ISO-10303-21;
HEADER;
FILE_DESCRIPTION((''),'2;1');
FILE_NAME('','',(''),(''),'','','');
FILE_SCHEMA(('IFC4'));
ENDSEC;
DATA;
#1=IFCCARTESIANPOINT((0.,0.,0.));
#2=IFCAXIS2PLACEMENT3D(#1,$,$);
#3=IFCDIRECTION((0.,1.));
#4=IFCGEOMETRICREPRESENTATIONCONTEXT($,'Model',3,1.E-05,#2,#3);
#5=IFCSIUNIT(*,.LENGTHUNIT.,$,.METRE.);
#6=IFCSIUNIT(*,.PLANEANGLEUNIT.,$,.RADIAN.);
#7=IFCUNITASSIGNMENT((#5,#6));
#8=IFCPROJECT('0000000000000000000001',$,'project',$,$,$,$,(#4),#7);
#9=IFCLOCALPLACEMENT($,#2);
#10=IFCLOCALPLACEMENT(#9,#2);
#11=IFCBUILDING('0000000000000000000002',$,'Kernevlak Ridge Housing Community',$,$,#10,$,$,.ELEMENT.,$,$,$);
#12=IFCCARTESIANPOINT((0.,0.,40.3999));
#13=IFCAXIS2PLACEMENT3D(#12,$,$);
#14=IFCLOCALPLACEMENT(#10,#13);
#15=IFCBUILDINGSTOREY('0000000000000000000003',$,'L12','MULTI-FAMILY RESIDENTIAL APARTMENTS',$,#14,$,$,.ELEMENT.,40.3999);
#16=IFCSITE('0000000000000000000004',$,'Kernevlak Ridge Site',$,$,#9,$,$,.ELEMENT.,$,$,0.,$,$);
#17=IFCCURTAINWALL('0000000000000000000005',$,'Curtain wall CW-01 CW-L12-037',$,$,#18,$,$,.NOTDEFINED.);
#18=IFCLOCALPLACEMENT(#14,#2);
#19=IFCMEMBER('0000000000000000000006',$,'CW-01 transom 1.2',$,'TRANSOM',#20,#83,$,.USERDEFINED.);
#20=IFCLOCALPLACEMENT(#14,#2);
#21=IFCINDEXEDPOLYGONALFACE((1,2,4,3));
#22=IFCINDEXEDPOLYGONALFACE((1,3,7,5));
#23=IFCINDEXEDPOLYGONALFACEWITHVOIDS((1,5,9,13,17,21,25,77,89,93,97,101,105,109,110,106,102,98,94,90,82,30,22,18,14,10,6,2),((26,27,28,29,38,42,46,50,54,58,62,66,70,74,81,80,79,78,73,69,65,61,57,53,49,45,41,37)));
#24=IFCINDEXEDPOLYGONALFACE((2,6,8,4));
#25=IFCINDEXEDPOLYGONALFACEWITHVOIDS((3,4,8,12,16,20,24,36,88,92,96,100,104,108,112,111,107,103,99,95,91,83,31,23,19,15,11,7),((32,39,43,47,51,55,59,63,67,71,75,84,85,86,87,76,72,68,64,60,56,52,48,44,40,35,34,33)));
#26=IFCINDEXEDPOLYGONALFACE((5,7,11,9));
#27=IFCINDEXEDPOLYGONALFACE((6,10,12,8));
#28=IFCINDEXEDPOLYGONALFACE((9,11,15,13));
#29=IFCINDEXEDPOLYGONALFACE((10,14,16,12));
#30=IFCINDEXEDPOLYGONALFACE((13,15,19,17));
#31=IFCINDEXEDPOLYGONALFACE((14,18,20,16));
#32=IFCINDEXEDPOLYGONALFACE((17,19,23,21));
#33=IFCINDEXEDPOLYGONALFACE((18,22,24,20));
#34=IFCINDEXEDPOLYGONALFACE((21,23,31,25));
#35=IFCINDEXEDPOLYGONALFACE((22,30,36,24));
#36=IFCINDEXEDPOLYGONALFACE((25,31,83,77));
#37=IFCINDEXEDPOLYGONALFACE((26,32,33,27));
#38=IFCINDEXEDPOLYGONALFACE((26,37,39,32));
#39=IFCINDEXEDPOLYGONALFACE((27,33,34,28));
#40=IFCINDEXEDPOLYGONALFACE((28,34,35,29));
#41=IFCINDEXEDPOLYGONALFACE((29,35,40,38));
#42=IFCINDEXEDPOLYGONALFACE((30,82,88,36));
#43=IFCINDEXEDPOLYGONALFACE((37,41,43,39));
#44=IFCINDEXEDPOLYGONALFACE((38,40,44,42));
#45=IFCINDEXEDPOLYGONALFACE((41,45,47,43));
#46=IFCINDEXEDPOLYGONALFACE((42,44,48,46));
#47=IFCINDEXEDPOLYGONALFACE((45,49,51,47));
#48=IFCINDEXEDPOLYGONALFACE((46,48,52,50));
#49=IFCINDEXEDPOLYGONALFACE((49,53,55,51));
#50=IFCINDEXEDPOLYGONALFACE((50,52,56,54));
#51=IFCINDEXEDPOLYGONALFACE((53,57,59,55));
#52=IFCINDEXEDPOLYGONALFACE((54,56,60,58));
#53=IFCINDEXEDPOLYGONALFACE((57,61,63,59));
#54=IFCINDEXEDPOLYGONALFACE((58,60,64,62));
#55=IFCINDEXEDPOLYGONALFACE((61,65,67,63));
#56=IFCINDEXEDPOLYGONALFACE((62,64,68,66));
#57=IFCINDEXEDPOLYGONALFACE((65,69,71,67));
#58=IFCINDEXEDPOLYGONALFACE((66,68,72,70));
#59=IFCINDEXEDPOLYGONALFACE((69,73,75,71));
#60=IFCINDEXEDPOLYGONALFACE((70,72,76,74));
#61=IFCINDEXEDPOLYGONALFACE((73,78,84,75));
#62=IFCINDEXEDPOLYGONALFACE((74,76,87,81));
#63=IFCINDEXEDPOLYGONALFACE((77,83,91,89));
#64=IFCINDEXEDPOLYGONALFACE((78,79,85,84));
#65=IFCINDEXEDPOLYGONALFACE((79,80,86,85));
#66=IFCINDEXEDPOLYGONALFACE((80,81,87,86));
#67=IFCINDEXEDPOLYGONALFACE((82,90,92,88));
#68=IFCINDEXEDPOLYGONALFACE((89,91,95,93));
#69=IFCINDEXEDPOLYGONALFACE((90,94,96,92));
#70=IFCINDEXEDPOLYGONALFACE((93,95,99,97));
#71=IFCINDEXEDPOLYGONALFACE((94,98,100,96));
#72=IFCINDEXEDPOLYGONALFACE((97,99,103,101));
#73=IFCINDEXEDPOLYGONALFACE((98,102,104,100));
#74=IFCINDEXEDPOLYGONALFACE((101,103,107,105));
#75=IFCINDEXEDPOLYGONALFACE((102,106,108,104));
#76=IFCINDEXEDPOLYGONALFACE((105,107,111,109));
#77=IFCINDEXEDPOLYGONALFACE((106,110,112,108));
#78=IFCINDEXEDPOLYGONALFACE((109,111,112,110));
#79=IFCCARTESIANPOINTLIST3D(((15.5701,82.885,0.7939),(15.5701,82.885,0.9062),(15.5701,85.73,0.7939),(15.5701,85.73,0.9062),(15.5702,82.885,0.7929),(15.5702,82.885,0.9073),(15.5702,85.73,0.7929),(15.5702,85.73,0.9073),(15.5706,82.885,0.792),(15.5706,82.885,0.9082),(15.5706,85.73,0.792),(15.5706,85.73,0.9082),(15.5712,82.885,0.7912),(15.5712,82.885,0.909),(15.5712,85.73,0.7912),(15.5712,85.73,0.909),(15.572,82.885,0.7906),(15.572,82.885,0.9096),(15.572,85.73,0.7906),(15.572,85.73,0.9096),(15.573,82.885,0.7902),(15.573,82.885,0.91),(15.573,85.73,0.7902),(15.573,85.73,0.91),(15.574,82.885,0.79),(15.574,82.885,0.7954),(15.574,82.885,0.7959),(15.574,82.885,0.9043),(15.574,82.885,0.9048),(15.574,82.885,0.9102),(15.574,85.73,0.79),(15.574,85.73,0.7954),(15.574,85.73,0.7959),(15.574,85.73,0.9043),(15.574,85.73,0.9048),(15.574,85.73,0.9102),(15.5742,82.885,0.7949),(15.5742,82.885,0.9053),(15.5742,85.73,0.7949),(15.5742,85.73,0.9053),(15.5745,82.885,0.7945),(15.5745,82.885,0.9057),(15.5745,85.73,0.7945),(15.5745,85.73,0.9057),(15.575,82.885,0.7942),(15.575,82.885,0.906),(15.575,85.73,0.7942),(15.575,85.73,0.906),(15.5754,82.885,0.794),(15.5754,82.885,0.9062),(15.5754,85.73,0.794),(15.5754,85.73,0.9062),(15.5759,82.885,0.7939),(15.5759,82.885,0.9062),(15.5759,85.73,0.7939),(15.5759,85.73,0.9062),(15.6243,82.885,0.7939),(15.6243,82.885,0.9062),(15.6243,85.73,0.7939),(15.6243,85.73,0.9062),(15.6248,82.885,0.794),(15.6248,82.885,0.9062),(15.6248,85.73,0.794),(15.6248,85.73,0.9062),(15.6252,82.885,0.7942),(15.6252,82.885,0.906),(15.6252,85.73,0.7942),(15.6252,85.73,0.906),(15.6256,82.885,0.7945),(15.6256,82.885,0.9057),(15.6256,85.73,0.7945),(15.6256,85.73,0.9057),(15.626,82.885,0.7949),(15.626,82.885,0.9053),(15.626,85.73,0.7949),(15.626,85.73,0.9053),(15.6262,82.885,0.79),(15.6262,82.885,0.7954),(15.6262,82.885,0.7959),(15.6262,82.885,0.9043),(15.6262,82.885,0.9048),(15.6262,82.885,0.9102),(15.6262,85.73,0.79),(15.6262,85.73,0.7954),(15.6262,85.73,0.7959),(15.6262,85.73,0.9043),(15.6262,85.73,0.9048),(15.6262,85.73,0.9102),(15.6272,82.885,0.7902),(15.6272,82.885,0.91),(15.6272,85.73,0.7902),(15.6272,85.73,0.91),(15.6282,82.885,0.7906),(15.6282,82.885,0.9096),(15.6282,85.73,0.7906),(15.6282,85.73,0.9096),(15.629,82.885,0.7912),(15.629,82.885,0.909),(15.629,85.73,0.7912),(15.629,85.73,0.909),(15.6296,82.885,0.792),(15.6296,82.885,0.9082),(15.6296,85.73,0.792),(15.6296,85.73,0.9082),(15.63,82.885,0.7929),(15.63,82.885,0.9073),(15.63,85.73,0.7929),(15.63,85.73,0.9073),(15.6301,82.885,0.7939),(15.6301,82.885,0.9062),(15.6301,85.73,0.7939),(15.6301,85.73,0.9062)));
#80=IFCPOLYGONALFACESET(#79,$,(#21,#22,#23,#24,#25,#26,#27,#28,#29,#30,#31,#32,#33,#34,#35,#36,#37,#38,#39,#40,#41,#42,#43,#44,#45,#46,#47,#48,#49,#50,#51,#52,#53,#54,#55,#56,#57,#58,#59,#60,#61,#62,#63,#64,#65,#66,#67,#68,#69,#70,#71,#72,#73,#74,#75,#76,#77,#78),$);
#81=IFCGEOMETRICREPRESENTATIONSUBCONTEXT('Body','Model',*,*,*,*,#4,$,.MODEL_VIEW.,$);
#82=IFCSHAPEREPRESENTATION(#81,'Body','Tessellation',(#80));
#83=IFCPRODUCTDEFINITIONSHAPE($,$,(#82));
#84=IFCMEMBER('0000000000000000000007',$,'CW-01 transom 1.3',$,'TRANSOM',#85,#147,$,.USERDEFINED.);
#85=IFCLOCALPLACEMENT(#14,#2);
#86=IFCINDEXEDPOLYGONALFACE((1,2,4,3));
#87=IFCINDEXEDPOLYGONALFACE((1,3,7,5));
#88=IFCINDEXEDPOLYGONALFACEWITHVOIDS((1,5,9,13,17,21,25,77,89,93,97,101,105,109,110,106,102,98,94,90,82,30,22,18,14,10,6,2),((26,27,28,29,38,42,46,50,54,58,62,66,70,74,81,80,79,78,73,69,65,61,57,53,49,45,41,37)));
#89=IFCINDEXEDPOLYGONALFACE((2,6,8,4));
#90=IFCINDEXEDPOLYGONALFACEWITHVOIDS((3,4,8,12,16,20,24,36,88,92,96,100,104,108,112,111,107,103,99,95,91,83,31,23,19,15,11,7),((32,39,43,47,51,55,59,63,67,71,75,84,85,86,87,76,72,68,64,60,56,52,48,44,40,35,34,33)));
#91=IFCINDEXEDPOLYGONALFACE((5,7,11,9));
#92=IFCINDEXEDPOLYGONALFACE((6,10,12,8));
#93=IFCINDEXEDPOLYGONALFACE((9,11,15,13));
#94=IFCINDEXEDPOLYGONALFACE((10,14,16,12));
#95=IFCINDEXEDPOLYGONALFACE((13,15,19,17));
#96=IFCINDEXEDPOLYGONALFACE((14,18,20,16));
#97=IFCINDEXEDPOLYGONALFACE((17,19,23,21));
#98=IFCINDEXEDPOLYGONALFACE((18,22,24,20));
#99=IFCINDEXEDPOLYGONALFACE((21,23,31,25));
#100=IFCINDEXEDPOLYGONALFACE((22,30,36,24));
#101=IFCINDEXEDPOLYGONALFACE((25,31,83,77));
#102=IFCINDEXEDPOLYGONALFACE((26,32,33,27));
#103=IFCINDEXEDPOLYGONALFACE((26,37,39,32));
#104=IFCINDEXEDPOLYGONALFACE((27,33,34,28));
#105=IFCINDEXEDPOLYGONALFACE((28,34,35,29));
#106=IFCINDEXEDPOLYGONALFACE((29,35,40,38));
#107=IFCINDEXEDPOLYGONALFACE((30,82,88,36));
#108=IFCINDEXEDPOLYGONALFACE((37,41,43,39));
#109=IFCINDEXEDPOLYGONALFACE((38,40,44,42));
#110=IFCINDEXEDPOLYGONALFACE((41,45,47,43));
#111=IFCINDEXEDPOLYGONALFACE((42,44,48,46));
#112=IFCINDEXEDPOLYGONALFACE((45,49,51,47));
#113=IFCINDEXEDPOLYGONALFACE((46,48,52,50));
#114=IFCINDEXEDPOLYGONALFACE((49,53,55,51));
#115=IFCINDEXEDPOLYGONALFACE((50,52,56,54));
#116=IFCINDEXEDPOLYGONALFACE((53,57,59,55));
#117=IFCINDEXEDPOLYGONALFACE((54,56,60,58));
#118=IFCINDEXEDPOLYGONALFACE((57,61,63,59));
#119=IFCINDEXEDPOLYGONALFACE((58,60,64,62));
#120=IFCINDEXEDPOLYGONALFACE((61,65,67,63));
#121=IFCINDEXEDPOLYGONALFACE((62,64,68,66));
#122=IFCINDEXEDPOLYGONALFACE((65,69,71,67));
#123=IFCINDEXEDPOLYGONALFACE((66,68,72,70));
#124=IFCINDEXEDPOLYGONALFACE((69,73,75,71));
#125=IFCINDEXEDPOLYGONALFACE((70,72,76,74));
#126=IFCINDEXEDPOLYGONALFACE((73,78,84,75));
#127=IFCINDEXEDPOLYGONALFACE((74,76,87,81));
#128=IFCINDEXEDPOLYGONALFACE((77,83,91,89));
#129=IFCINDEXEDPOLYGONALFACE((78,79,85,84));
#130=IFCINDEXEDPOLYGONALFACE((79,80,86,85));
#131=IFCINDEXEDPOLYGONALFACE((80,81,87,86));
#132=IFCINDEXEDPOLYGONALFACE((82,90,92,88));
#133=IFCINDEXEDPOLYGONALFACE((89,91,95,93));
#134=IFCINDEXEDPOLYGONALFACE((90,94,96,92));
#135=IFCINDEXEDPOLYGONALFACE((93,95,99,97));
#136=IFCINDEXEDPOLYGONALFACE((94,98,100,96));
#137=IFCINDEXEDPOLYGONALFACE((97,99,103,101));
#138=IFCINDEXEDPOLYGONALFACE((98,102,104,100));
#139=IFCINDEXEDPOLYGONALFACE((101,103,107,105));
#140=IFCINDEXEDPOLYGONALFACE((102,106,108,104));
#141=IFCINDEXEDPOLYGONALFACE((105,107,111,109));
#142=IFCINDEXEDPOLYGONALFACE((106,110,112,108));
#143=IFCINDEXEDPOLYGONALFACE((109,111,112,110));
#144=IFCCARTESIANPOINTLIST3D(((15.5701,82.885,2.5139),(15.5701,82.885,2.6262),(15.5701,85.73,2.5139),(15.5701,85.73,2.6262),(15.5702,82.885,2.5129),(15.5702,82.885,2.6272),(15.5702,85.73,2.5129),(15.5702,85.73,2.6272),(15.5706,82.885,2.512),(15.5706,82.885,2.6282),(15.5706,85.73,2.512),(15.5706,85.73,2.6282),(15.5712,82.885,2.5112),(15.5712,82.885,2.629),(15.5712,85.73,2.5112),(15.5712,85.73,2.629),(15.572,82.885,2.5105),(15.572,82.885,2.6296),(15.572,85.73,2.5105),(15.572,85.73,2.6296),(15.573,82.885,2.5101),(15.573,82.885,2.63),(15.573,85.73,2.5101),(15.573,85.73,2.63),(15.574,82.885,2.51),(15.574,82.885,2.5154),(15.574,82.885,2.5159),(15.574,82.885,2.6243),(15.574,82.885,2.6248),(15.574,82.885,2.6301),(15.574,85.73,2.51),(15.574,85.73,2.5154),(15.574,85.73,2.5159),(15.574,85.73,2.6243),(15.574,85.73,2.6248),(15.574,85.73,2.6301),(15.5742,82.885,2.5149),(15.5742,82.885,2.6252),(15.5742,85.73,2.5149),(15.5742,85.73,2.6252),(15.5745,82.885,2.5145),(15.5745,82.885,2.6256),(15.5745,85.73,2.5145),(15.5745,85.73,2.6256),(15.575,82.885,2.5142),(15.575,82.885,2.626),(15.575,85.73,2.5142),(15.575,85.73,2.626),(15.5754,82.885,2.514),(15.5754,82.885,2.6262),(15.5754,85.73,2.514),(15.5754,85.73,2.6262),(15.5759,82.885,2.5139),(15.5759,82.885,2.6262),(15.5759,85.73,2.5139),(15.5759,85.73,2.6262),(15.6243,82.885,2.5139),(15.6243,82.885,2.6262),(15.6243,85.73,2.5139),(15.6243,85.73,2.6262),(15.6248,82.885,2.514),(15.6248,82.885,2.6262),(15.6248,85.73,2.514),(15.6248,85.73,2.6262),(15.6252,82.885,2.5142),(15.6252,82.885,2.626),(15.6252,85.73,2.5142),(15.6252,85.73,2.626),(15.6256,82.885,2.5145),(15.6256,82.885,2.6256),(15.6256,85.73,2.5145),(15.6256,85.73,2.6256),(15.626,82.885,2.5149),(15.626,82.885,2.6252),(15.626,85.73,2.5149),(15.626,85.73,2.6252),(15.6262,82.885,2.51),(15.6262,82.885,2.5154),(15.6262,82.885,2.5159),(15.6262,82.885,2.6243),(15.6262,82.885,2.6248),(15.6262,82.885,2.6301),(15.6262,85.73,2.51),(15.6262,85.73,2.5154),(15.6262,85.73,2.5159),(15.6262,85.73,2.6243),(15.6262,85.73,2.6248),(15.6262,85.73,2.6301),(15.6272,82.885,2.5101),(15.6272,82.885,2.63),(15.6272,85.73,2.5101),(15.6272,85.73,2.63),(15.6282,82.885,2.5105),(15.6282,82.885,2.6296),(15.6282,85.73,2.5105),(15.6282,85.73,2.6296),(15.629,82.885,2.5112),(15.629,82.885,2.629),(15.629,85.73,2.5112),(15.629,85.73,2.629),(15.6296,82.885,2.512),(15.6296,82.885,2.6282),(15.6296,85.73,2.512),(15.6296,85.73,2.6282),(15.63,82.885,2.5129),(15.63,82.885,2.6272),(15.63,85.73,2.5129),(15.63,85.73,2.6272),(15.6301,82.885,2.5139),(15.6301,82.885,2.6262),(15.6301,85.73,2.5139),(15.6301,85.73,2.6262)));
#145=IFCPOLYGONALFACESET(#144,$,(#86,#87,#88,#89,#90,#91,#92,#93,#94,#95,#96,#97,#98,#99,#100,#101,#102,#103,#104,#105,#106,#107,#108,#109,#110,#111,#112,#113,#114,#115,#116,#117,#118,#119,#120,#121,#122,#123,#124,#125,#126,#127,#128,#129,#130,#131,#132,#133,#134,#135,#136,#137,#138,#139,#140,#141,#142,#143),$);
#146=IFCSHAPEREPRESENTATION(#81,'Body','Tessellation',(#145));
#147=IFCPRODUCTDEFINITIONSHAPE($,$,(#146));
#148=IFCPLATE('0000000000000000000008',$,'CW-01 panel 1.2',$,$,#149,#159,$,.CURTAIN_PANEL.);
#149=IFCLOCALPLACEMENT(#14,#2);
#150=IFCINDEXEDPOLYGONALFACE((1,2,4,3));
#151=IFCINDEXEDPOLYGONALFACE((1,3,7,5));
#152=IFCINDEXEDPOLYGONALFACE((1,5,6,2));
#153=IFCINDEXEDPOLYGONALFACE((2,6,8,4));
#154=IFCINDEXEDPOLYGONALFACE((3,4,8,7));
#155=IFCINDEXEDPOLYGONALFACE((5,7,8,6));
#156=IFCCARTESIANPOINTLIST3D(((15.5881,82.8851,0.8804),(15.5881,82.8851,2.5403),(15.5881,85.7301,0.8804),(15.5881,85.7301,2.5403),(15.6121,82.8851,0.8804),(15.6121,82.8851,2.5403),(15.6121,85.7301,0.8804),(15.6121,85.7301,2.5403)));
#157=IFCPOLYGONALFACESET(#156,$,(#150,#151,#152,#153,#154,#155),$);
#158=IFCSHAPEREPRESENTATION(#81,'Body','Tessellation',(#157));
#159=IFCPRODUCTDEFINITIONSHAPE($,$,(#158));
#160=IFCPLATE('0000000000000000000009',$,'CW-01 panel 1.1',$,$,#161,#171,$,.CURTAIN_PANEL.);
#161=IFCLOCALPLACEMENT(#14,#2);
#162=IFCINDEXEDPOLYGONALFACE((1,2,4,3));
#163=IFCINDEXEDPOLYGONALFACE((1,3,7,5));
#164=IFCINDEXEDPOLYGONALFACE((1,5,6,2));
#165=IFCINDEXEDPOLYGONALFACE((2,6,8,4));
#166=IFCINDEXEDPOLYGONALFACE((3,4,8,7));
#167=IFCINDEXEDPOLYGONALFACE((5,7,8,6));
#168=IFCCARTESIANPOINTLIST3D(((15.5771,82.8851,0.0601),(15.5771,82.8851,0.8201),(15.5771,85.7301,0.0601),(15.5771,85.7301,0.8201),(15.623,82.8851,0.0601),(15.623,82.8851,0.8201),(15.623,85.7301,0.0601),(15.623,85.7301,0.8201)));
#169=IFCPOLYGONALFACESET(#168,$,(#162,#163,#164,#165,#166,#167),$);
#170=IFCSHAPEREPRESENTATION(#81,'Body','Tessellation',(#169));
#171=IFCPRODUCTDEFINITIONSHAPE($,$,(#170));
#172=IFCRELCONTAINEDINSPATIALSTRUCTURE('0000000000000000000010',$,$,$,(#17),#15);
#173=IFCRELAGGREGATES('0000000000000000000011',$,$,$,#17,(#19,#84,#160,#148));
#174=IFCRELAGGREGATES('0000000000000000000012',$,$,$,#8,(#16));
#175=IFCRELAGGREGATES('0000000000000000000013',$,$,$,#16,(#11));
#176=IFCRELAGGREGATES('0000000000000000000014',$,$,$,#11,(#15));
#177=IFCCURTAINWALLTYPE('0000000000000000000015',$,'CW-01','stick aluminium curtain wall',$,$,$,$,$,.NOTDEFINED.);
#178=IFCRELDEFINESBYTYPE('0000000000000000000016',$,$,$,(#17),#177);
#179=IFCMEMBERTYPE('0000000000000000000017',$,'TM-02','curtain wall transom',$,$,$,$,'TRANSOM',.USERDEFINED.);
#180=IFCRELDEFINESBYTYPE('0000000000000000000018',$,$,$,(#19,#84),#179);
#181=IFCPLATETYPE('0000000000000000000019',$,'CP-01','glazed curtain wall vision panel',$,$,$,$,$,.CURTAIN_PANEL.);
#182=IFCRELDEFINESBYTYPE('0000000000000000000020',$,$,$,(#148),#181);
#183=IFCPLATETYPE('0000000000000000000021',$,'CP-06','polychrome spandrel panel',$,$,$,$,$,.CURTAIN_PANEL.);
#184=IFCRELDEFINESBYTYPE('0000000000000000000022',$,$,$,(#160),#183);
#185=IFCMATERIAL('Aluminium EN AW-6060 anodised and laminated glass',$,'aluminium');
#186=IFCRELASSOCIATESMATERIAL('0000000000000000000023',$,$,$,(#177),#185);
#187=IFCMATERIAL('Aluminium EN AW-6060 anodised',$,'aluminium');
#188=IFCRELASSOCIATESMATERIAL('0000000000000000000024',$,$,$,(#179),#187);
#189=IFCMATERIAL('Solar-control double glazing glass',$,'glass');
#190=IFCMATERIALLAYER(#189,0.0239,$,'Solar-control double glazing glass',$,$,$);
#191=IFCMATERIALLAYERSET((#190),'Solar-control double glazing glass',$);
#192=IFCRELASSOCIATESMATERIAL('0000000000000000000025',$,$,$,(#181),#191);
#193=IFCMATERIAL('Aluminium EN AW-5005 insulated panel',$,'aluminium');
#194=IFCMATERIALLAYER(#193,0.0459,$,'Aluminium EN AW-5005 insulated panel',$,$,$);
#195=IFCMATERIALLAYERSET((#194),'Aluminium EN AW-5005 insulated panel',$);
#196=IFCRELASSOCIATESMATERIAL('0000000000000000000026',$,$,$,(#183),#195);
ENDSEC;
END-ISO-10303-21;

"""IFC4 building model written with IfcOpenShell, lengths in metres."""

from ifc_helpers import new_model, si_unit, direction, frame, origin, origin_2d, place, context, subcontext, project, spatial, rectangle, hollow_rectangle, extrude, material, layer, layer_set, material_profile, profile_set, type_object, element, aggregate, save


model = new_model("IFC4")

# Units and contexts
model_context = context("Model", 3, precision=1e-05, world=origin(), true_north=direction((0.0, 1.0)))
body_context = subcontext(model_context, "Body", "Model", "MODEL_VIEW")
ifc_project = project(units=[si_unit("LENGTHUNIT", "METRE"), si_unit("PLANEANGLEUNIT", "RADIAN")], contexts=[model_context])

# Site, building, storey
site_placement = place(None, origin())
site = spatial("IfcSite", under=ifc_project, at=site_placement, Name="Kernevlak Ridge Site", CompositionType="ELEMENT", RefElevation=0.0)
building_placement = place(site_placement, origin())
building = spatial("IfcBuilding", under=site, at=building_placement, Name="Kernevlak Ridge Housing Community", CompositionType="ELEMENT")
storey_placement = place(building_placement, frame((0.0, 0.0, 40.3999)))
storey = spatial("IfcBuildingStorey", under=building, at=storey_placement, Name="L12", Description="MULTI-FAMILY RESIDENTIAL APARTMENTS", CompositionType="ELEMENT", Elevation=40.3999)

# Curtain wall
ifc_material_1 = material(Name="Aluminium EN AW-6060 anodised and laminated glass", Category="aluminium")
curtain_wall_type = type_object("IfcCurtainWallType", Name="CW-01", Description="stick aluminium curtain wall", PredefinedType="NOTDEFINED", material=ifc_material_1)
curtain_wall_placement = place(storey_placement, origin())
curtain_wall = element("IfcCurtainWall", 1, at=curtain_wall_placement, inside=storey, type_object=curtain_wall_type, Name="Curtain wall CW-01 CW-L12-037", PredefinedType="NOTDEFINED")
ifc_material_2 = material(Name="Aluminium EN AW-6060 anodised", Category="aluminium")

# Members
ifc_material_profile_1 = material_profile(ifc_material_2, hollow_rectangle(XDim=0.0601, YDim=0.1201, WallThickness=0.0039, InnerFilletRadius=0.002, OuterFilletRadius=0.0039, at=origin_2d()), Name="ALU 60x120x4")
ifc_profile_set_1 = profile_set([ifc_material_profile_1], Name="Aluminium EN AW-6060 anodised")
member_type_1 = type_object("IfcMemberType", Name="TM-02", Description="curtain wall transom", ElementType="TRANSOM", PredefinedType="USERDEFINED", material=ifc_profile_set_1)
member_1_placement = place(storey_placement, frame((15.6001, 82.885, 0.8501), z_axis=(0.0, 1.0, 0.0), x_axis=(-1.0, 0.0, 0.0)))
member_1 = element("IfcMember", 2, at=member_1_placement, type_object=member_type_1, Name="CW-01 transom 1.2", ObjectType="TRANSOM", PredefinedType="USERDEFINED", context=body_context, shape_type="SweptSolid", body=[
    extrude(hollow_rectangle(XDim=0.0601, YDim=0.1201, WallThickness=0.0039, InnerFilletRadius=0.002, OuterFilletRadius=0.0039, at=origin_2d()), origin(), (0.0, 0.0, 1.0), 2.845),
])
member_2_placement = place(storey_placement, frame((15.6001, 82.885, 2.5701), z_axis=(0.0, 1.0, 0.0), x_axis=(-1.0, 0.0, 0.0)))
member_2 = element("IfcMember", 3, at=member_2_placement, type_object=member_type_1, Name="CW-01 transom 1.3", ObjectType="TRANSOM", PredefinedType="USERDEFINED", context=body_context, shape_type="SweptSolid", body=[
    extrude(hollow_rectangle(XDim=0.0601, YDim=0.1201, WallThickness=0.0039, InnerFilletRadius=0.002, OuterFilletRadius=0.0039, at=origin_2d()), origin(), (0.0, 0.0, 1.0), 2.845),
])

# Plates
ifc_material_3 = material(Name="Solar-control double glazing glass", Category="glass")
ifc_layer_1 = layer(ifc_material_3, 0.0239, Name="Solar-control double glazing glass")
ifc_layer_set_1 = layer_set([ifc_layer_1], Name="Solar-control double glazing glass")
plate_type_1 = type_object("IfcPlateType", Name="CP-01", Description="glazed curtain wall vision panel", PredefinedType="CURTAIN_PANEL", material=ifc_layer_set_1)
plate_1_placement = place(storey_placement, frame((15.6001, 84.3076, 0.8804), z_axis=(0.0, 0.0, 1.0), x_axis=(0.0, 1.0, 0.0)))
plate_1 = element("IfcPlate", 4, at=plate_1_placement, type_object=plate_type_1, Name="CW-01 panel 1.2", PredefinedType="CURTAIN_PANEL", context=body_context, shape_type="SweptSolid", body=[
    extrude(rectangle(XDim=2.845, YDim=0.0239, at=origin_2d()), origin(), (0.0, 0.0, 1.0), 1.6599),
])
ifc_material_4 = material(Name="Aluminium EN AW-5005 insulated panel", Category="aluminium")
ifc_layer_2 = layer(ifc_material_4, 0.0459, Name="Aluminium EN AW-5005 insulated panel")
ifc_layer_set_2 = layer_set([ifc_layer_2], Name="Aluminium EN AW-5005 insulated panel")
plate_type_2 = type_object("IfcPlateType", Name="CP-06", Description="polychrome spandrel panel", PredefinedType="CURTAIN_PANEL", material=ifc_layer_set_2)
plate_2_placement = place(storey_placement, frame((15.6001, 84.3076, 0.0601), z_axis=(0.0, 0.0, 1.0), x_axis=(0.0, 1.0, 0.0)))
plate_2 = element("IfcPlate", 5, at=plate_2_placement, type_object=plate_type_2, Name="CW-01 panel 1.1", PredefinedType="CURTAIN_PANEL", context=body_context, shape_type="SweptSolid", body=[
    extrude(rectangle(XDim=2.845, YDim=0.0459, at=origin_2d()), origin(), (0.0, 0.0, 1.0), 0.76),
])
aggregate(curtain_wall, [member_1, member_2, plate_2, plate_1])

save(model, "model.ifc")
